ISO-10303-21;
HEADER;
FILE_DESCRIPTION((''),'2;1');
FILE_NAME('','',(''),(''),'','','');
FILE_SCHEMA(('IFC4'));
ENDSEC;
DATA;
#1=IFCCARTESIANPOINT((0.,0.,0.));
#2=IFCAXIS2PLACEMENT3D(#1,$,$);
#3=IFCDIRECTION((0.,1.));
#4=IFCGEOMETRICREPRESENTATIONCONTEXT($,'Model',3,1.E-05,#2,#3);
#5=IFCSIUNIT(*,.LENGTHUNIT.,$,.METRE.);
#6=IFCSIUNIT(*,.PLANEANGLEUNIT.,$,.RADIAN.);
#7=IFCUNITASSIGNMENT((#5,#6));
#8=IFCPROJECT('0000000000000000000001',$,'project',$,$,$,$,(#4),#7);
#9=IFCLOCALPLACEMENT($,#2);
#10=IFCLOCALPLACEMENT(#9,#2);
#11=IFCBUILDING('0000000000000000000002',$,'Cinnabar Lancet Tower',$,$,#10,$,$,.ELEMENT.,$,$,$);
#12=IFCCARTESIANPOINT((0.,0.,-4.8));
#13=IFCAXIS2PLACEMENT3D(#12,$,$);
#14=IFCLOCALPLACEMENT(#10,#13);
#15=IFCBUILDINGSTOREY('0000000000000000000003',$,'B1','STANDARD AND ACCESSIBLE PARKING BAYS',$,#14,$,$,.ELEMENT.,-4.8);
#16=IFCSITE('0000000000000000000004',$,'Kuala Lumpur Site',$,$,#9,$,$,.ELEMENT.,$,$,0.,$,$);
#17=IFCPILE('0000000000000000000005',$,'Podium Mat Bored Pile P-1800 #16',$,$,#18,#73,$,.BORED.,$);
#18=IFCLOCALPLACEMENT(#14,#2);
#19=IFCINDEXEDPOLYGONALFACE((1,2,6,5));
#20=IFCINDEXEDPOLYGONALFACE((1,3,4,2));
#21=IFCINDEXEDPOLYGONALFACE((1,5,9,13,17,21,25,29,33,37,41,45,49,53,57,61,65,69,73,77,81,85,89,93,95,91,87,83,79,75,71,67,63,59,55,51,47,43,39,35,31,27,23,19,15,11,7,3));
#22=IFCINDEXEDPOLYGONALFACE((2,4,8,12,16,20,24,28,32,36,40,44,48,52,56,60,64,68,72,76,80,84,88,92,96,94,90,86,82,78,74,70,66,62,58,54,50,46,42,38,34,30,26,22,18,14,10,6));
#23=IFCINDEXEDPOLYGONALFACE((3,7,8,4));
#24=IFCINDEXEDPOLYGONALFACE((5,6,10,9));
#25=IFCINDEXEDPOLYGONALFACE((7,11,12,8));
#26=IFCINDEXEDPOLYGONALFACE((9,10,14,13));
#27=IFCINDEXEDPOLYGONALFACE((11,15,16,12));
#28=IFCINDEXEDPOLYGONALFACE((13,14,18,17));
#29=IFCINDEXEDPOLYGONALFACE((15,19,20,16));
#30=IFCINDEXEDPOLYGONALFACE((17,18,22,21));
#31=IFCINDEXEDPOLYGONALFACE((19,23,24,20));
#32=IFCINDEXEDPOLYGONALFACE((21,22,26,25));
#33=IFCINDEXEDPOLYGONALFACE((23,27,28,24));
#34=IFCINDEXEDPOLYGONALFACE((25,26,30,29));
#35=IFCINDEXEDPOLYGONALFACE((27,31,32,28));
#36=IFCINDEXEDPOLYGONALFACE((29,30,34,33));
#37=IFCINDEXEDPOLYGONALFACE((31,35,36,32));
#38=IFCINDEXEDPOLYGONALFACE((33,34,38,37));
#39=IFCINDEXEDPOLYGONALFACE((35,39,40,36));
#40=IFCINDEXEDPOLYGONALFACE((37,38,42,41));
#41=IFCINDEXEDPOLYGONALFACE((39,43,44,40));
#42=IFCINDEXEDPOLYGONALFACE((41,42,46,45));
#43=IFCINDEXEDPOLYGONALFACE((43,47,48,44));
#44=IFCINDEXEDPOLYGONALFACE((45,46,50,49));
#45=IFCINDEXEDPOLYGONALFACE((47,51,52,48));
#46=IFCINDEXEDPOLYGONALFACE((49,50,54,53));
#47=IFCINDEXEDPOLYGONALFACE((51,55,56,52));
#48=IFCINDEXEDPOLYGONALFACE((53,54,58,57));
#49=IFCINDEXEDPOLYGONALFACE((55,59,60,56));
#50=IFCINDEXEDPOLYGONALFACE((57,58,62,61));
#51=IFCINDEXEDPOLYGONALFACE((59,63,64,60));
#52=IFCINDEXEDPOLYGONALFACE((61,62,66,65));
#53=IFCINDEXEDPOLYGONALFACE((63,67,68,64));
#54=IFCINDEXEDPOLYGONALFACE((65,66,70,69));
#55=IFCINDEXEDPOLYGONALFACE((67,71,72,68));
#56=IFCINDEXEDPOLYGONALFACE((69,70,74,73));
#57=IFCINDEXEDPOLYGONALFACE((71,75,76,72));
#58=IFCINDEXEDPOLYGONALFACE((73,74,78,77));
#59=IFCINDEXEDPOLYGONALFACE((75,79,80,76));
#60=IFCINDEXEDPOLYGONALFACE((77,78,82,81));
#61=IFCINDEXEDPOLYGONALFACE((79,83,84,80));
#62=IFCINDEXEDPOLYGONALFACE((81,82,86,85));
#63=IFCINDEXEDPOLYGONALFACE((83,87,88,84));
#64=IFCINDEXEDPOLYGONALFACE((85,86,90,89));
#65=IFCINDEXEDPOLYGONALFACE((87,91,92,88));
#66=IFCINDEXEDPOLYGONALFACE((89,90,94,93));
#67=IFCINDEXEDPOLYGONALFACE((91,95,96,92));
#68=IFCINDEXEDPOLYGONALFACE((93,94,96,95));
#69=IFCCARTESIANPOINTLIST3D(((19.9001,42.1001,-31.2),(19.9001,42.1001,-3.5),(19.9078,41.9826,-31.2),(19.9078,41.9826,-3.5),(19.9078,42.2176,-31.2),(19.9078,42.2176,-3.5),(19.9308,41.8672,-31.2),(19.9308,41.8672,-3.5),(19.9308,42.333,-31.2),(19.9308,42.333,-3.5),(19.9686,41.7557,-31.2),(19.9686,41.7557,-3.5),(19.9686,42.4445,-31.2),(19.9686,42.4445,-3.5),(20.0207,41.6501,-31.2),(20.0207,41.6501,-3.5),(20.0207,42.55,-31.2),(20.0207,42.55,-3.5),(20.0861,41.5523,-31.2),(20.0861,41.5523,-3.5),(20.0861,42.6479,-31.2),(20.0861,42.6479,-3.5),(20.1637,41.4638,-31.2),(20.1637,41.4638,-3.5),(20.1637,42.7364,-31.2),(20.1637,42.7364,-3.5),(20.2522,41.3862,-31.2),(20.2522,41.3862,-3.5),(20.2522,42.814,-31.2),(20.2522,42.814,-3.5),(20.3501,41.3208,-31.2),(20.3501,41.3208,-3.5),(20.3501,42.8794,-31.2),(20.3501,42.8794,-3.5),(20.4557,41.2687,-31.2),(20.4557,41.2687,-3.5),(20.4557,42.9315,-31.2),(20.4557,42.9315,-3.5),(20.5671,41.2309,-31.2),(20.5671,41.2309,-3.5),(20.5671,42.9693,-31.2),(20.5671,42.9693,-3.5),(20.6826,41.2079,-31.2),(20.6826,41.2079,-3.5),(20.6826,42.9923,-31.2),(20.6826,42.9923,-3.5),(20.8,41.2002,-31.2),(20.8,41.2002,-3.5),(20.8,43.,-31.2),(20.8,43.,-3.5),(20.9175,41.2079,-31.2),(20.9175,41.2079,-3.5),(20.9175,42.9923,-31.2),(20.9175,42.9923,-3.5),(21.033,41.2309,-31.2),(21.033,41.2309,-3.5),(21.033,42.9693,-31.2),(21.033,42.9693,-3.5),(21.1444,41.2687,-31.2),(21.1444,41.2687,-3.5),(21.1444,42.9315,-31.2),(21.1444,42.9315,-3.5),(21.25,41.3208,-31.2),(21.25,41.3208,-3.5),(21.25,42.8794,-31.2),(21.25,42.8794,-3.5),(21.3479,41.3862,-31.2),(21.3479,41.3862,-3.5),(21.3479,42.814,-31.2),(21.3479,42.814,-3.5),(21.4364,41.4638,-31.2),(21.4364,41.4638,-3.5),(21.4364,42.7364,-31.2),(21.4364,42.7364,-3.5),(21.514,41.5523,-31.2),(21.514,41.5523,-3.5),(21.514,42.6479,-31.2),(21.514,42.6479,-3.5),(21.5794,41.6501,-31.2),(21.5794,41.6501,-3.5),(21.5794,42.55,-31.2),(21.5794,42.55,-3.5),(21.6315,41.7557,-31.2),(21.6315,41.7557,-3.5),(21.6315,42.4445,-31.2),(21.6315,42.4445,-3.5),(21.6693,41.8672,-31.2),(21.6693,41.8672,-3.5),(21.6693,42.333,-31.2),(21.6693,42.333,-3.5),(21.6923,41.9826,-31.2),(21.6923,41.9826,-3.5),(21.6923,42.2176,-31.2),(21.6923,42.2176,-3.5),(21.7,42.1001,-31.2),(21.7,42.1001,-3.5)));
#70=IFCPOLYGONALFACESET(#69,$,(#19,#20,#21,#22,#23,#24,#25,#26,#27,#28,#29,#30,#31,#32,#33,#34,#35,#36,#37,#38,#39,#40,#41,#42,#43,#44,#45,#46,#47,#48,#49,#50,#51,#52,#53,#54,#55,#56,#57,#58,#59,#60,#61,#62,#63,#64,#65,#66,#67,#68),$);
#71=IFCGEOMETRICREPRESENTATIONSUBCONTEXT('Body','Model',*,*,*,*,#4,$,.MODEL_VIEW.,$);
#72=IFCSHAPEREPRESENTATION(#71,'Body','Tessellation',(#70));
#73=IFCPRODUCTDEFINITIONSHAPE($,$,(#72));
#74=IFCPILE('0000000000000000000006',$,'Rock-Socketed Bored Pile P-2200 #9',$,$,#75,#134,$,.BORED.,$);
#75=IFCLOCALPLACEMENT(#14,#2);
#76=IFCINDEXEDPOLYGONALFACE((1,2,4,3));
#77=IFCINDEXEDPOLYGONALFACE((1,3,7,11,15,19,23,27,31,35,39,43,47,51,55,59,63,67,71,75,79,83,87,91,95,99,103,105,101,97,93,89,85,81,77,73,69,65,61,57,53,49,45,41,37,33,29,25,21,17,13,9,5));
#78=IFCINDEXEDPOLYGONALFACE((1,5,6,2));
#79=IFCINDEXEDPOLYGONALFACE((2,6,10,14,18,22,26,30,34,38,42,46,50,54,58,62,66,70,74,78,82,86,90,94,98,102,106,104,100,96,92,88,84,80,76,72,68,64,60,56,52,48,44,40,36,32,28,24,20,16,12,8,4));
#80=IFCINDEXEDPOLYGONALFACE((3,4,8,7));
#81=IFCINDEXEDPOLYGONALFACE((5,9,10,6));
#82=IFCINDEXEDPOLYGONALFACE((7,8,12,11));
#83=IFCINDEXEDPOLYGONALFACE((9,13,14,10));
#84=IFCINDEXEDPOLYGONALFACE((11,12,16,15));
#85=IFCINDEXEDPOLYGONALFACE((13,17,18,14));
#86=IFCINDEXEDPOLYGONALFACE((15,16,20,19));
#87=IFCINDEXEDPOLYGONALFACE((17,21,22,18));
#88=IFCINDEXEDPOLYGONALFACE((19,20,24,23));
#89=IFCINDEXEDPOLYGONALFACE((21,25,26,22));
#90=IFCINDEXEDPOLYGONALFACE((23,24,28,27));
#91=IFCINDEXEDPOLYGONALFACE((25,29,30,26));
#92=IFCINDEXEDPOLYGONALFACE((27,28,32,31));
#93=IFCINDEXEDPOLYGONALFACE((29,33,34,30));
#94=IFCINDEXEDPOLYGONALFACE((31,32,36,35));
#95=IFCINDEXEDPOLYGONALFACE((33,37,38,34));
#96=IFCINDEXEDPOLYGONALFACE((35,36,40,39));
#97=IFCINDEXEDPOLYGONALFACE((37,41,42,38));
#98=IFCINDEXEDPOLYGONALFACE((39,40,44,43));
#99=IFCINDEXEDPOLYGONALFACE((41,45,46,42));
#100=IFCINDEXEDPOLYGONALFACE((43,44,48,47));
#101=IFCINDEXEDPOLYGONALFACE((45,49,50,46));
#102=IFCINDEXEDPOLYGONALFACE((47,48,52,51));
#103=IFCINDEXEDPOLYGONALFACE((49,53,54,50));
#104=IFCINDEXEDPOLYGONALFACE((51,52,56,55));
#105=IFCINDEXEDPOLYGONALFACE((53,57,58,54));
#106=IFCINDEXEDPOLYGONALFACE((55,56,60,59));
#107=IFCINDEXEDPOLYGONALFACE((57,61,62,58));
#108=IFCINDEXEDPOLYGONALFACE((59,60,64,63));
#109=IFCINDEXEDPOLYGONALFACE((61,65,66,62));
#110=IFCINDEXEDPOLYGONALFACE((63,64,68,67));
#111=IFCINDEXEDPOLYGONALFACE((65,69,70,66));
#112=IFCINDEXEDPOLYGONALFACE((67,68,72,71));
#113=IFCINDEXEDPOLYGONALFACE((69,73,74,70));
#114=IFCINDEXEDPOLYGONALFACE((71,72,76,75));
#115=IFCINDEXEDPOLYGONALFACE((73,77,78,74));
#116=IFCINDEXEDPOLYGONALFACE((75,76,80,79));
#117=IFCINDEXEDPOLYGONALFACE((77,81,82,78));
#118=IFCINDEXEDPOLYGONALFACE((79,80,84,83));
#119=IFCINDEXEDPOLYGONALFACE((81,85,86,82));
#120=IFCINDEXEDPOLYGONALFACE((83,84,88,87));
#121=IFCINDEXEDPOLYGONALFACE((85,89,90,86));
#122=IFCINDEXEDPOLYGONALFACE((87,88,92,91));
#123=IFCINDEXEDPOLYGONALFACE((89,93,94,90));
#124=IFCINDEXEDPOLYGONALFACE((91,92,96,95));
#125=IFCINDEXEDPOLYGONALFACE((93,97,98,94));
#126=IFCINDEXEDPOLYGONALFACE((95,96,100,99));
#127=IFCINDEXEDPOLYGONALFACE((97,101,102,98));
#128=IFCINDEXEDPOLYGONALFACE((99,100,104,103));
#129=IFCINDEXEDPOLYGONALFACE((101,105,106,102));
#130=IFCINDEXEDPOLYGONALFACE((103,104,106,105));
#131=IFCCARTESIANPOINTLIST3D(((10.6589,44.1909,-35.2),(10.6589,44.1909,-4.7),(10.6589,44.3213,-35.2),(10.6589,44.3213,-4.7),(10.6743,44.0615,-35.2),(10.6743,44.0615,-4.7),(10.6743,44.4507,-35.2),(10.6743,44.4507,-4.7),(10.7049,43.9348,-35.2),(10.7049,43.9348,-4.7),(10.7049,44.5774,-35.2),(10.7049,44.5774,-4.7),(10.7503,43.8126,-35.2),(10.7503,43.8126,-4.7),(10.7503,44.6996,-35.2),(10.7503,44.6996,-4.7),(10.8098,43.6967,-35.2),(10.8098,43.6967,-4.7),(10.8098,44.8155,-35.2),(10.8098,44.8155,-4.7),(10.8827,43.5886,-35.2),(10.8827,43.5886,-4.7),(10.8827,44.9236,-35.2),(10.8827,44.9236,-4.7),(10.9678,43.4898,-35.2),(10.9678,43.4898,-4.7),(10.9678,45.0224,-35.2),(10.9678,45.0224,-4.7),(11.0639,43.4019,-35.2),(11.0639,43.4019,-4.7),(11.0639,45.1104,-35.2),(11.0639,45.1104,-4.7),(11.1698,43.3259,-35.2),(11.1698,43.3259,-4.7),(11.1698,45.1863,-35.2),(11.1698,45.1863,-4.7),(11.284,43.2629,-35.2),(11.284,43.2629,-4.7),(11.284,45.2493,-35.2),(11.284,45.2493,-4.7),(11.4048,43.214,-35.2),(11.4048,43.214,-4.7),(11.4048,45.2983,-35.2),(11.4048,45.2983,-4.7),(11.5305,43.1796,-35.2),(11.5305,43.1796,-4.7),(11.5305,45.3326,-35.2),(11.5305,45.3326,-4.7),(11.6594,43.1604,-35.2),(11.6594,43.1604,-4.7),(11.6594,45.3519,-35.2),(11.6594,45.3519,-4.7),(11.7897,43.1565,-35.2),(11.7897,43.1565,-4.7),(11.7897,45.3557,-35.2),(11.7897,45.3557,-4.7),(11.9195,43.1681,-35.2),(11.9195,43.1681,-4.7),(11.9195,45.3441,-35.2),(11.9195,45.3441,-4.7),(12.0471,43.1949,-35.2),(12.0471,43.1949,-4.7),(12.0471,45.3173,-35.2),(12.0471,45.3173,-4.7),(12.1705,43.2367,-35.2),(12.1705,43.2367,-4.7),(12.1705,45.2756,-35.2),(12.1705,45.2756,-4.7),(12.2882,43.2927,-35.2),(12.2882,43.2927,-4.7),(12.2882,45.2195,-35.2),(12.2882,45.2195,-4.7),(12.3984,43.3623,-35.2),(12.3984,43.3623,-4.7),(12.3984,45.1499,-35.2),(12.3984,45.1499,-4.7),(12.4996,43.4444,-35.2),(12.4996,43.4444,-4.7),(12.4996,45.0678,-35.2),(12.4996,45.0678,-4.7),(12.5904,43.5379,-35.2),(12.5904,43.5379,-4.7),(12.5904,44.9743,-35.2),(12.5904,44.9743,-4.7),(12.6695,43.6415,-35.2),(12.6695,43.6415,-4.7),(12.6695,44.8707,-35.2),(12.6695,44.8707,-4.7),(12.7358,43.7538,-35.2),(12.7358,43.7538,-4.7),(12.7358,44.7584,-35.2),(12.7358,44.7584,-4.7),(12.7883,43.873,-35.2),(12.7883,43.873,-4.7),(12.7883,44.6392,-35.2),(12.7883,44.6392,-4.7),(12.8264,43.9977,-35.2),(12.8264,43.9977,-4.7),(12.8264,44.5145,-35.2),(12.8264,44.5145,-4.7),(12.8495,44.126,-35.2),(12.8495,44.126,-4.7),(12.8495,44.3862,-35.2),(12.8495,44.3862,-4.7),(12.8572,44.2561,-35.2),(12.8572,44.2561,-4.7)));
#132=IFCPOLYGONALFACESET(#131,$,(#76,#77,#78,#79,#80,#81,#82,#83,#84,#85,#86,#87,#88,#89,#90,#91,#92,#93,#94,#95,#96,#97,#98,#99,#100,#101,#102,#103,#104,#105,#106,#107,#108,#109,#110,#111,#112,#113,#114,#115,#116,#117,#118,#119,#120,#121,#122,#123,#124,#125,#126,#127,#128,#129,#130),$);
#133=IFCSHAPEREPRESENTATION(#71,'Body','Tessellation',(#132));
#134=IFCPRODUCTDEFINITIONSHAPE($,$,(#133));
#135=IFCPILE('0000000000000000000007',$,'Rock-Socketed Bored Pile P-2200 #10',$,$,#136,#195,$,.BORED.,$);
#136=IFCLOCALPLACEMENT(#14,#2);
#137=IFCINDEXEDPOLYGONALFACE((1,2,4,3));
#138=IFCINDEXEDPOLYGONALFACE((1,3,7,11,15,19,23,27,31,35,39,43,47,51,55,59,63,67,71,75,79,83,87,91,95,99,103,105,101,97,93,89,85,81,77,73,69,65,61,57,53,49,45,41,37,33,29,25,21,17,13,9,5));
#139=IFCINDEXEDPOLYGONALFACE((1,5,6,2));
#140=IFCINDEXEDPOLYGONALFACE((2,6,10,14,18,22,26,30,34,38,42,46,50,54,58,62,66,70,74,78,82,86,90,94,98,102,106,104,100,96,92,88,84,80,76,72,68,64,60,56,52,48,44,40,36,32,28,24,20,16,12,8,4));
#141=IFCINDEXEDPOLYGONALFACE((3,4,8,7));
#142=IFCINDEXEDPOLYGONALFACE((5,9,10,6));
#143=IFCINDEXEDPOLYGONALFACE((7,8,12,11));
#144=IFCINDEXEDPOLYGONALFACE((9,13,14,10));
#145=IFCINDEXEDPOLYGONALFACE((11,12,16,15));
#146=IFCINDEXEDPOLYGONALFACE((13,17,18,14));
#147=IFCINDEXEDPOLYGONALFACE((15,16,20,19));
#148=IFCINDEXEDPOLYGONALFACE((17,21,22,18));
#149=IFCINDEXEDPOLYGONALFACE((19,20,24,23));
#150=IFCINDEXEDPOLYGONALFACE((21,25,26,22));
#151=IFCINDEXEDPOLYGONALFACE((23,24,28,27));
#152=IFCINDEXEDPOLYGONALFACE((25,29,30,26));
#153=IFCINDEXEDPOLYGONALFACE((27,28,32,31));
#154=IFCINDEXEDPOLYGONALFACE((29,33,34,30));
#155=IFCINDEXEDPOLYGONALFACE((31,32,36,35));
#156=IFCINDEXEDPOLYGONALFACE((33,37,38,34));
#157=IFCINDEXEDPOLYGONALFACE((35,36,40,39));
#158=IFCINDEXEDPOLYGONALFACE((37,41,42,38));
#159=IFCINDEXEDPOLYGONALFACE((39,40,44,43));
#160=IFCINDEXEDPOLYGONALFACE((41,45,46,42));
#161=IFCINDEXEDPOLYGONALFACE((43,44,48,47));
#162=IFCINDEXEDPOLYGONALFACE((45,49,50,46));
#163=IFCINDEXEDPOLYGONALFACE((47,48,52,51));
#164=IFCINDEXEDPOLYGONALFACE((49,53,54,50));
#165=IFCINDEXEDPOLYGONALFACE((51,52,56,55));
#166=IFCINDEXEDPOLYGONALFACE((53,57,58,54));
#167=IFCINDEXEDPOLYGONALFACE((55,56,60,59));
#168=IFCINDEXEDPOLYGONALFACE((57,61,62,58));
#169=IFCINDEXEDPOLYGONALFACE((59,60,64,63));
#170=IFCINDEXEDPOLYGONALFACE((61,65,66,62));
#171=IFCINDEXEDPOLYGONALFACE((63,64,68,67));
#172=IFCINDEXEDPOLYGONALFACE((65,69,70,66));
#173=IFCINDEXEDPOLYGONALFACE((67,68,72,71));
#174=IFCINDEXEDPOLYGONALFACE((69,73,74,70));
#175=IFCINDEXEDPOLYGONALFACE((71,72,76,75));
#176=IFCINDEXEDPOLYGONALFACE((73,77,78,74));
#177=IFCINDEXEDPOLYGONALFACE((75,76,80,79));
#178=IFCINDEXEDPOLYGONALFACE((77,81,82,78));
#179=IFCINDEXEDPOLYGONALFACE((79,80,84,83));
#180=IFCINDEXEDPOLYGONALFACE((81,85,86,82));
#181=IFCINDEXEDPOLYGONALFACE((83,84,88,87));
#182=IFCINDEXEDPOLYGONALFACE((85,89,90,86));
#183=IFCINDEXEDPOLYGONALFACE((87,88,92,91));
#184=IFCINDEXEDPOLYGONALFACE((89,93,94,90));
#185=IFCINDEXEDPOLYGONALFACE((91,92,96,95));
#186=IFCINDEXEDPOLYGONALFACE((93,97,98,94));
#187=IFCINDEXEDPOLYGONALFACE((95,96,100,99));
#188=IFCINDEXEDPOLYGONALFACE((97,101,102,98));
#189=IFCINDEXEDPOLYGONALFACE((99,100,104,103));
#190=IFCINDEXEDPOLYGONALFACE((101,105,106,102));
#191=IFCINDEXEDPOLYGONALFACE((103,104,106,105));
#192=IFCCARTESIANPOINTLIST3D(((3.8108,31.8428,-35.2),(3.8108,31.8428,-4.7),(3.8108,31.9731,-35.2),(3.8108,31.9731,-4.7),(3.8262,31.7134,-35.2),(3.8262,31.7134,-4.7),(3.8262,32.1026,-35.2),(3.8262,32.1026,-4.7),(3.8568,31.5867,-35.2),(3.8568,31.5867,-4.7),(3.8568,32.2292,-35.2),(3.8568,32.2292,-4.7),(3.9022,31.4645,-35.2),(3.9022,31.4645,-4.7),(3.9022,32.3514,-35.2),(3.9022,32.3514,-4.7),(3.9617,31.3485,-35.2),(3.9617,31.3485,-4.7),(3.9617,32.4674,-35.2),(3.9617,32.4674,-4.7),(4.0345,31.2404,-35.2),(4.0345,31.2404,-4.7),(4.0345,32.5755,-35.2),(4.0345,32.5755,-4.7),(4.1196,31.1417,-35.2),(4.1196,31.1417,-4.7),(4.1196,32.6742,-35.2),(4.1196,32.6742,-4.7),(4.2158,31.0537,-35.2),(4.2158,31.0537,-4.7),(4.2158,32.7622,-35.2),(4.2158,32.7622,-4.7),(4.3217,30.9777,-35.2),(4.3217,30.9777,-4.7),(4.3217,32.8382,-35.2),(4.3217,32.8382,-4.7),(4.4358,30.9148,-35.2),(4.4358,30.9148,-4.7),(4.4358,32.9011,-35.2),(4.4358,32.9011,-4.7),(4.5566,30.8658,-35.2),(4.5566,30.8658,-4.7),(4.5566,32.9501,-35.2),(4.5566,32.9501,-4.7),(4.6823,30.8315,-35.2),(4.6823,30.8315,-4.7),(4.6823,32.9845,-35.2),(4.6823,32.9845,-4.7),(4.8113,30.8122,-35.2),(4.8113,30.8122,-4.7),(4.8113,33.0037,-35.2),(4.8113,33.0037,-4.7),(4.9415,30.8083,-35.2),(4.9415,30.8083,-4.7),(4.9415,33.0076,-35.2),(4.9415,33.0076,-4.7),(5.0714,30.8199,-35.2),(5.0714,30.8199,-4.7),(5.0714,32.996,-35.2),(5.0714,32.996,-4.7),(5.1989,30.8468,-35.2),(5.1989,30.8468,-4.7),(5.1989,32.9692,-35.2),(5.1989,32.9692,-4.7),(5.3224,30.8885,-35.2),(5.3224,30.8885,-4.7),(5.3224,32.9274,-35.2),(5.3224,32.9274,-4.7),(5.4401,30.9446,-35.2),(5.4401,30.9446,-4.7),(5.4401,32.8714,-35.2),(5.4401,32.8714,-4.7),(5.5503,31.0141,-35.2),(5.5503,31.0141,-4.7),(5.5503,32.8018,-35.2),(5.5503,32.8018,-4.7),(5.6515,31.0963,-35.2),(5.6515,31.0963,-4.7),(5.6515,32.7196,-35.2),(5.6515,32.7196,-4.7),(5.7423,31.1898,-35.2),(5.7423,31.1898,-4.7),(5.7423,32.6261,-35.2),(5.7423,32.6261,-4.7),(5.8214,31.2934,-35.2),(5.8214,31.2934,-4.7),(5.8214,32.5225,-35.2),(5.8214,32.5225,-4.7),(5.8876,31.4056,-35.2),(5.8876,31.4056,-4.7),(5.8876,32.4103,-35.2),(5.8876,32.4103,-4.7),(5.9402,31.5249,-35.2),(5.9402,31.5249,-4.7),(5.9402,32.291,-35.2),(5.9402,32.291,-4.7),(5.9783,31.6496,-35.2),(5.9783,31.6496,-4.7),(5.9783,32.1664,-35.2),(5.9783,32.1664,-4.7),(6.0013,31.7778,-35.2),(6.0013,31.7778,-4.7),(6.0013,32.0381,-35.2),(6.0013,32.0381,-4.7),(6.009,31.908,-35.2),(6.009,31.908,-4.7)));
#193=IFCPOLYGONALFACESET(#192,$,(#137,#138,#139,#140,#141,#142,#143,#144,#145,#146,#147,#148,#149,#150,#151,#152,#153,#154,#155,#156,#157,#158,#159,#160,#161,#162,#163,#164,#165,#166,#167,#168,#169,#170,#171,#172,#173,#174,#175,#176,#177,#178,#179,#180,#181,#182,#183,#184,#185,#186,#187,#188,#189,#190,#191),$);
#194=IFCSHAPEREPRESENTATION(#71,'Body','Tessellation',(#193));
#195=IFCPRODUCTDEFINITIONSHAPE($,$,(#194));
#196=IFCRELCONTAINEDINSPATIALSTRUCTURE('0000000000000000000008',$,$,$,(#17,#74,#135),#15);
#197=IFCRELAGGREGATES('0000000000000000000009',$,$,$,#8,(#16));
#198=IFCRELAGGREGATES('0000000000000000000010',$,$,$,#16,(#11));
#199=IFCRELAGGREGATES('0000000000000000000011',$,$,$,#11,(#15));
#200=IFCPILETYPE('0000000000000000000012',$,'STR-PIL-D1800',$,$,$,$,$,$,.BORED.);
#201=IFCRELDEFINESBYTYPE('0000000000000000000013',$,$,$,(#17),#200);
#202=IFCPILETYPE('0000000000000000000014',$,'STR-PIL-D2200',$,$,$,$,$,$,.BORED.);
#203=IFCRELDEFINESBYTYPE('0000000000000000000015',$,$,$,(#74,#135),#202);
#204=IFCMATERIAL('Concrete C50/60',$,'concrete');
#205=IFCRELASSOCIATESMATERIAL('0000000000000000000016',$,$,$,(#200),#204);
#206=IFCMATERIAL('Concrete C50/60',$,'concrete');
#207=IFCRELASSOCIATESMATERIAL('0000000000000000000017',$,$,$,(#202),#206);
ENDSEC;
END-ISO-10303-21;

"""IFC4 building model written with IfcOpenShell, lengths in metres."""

from ifc_helpers import new_model, si_unit, direction, frame, origin, origin_2d, place, context, subcontext, project, spatial, circle, extrude, material, material_profile, profile_set, type_object, element, save


model = new_model("IFC4")

# Units and contexts
model_context = context("Model", 3, precision=1e-05, world=origin(), true_north=direction((0.0, 1.0)))
body_context = subcontext(model_context, "Body", "Model", "MODEL_VIEW")
ifc_project = project(units=[si_unit("LENGTHUNIT", "METRE"), si_unit("PLANEANGLEUNIT", "RADIAN")], contexts=[model_context])

# Site, building, storey
site_placement = place(None, origin())
site = spatial("IfcSite", under=ifc_project, at=site_placement, Name="Kuala Lumpur Site", CompositionType="ELEMENT", RefElevation=0.0)
building_placement = place(site_placement, origin())
building = spatial("IfcBuilding", under=site, at=building_placement, Name="Cinnabar Lancet Tower", CompositionType="ELEMENT")
storey_placement = place(building_placement, frame((0.0, 0.0, -4.8)))
storey = spatial("IfcBuildingStorey", under=building, at=storey_placement, Name="B1", Description="STANDARD AND ACCESSIBLE PARKING BAYS", CompositionType="ELEMENT", Elevation=-4.8)

# Piles
ifc_material_1 = material(Name="Concrete C50/60", Category="concrete")
ifc_material_profile_1 = material_profile(ifc_material_1, circle(Radius=0.8999, at=origin_2d()), Name="PILE D1800")
ifc_profile_set_1 = profile_set([ifc_material_profile_1], Name="Concrete C50/60")
pile_type_1 = type_object("IfcPileType", Name="STR-PIL-D1800", PredefinedType="BORED", material=ifc_profile_set_1)
for number, where, z_axis, x_axis, name in (
    (1, (20.8, 42.1001, -3.5), (0.0, 0.0, -1.0), (1.0, 0.0, 0.0), "Podium Mat Bored Pile P-1800 #16"),
):
    element("IfcPile", number, at=place(storey_placement, frame(where, z_axis=z_axis, x_axis=x_axis)), inside=storey, type_object=pile_type_1, Name=name, PredefinedType="BORED", context=body_context, shape_type="SweptSolid", body=[
        extrude(circle(Radius=0.8999, at=origin_2d()), origin(), (0.0, 0.0, 1.0), 27.7),
    ])
ifc_material_2 = material(Name="Concrete C50/60", Category="concrete")
ifc_material_profile_2 = material_profile(ifc_material_2, circle(Radius=1.1001, at=origin_2d()), Name="PILE D2200")
ifc_profile_set_2 = profile_set([ifc_material_profile_2], Name="Concrete C50/60")
pile_type_2 = type_object("IfcPileType", Name="STR-PIL-D2200", PredefinedType="BORED", material=ifc_profile_set_2)
for number, where, z_axis, x_axis, name in (
    (2, (11.7571, 44.2561, -4.7), (0.0, 0.0, -1.0), (1.0, 0.0, 0.0), "Rock-Socketed Bored Pile P-2200 #9"),
    (3, (4.9089, 31.908, -4.7), (0.0, 0.0, -1.0), (1.0, 0.0, 0.0), "Rock-Socketed Bored Pile P-2200 #10"),
):
    element("IfcPile", number, at=place(storey_placement, frame(where, z_axis=z_axis, x_axis=x_axis)), inside=storey, type_object=pile_type_2, Name=name, PredefinedType="BORED", context=body_context, shape_type="SweptSolid", body=[
        extrude(circle(Radius=1.1001, at=origin_2d()), origin(), (0.0, 0.0, 1.0), 30.5),
    ])

save(model, "model.ifc")
